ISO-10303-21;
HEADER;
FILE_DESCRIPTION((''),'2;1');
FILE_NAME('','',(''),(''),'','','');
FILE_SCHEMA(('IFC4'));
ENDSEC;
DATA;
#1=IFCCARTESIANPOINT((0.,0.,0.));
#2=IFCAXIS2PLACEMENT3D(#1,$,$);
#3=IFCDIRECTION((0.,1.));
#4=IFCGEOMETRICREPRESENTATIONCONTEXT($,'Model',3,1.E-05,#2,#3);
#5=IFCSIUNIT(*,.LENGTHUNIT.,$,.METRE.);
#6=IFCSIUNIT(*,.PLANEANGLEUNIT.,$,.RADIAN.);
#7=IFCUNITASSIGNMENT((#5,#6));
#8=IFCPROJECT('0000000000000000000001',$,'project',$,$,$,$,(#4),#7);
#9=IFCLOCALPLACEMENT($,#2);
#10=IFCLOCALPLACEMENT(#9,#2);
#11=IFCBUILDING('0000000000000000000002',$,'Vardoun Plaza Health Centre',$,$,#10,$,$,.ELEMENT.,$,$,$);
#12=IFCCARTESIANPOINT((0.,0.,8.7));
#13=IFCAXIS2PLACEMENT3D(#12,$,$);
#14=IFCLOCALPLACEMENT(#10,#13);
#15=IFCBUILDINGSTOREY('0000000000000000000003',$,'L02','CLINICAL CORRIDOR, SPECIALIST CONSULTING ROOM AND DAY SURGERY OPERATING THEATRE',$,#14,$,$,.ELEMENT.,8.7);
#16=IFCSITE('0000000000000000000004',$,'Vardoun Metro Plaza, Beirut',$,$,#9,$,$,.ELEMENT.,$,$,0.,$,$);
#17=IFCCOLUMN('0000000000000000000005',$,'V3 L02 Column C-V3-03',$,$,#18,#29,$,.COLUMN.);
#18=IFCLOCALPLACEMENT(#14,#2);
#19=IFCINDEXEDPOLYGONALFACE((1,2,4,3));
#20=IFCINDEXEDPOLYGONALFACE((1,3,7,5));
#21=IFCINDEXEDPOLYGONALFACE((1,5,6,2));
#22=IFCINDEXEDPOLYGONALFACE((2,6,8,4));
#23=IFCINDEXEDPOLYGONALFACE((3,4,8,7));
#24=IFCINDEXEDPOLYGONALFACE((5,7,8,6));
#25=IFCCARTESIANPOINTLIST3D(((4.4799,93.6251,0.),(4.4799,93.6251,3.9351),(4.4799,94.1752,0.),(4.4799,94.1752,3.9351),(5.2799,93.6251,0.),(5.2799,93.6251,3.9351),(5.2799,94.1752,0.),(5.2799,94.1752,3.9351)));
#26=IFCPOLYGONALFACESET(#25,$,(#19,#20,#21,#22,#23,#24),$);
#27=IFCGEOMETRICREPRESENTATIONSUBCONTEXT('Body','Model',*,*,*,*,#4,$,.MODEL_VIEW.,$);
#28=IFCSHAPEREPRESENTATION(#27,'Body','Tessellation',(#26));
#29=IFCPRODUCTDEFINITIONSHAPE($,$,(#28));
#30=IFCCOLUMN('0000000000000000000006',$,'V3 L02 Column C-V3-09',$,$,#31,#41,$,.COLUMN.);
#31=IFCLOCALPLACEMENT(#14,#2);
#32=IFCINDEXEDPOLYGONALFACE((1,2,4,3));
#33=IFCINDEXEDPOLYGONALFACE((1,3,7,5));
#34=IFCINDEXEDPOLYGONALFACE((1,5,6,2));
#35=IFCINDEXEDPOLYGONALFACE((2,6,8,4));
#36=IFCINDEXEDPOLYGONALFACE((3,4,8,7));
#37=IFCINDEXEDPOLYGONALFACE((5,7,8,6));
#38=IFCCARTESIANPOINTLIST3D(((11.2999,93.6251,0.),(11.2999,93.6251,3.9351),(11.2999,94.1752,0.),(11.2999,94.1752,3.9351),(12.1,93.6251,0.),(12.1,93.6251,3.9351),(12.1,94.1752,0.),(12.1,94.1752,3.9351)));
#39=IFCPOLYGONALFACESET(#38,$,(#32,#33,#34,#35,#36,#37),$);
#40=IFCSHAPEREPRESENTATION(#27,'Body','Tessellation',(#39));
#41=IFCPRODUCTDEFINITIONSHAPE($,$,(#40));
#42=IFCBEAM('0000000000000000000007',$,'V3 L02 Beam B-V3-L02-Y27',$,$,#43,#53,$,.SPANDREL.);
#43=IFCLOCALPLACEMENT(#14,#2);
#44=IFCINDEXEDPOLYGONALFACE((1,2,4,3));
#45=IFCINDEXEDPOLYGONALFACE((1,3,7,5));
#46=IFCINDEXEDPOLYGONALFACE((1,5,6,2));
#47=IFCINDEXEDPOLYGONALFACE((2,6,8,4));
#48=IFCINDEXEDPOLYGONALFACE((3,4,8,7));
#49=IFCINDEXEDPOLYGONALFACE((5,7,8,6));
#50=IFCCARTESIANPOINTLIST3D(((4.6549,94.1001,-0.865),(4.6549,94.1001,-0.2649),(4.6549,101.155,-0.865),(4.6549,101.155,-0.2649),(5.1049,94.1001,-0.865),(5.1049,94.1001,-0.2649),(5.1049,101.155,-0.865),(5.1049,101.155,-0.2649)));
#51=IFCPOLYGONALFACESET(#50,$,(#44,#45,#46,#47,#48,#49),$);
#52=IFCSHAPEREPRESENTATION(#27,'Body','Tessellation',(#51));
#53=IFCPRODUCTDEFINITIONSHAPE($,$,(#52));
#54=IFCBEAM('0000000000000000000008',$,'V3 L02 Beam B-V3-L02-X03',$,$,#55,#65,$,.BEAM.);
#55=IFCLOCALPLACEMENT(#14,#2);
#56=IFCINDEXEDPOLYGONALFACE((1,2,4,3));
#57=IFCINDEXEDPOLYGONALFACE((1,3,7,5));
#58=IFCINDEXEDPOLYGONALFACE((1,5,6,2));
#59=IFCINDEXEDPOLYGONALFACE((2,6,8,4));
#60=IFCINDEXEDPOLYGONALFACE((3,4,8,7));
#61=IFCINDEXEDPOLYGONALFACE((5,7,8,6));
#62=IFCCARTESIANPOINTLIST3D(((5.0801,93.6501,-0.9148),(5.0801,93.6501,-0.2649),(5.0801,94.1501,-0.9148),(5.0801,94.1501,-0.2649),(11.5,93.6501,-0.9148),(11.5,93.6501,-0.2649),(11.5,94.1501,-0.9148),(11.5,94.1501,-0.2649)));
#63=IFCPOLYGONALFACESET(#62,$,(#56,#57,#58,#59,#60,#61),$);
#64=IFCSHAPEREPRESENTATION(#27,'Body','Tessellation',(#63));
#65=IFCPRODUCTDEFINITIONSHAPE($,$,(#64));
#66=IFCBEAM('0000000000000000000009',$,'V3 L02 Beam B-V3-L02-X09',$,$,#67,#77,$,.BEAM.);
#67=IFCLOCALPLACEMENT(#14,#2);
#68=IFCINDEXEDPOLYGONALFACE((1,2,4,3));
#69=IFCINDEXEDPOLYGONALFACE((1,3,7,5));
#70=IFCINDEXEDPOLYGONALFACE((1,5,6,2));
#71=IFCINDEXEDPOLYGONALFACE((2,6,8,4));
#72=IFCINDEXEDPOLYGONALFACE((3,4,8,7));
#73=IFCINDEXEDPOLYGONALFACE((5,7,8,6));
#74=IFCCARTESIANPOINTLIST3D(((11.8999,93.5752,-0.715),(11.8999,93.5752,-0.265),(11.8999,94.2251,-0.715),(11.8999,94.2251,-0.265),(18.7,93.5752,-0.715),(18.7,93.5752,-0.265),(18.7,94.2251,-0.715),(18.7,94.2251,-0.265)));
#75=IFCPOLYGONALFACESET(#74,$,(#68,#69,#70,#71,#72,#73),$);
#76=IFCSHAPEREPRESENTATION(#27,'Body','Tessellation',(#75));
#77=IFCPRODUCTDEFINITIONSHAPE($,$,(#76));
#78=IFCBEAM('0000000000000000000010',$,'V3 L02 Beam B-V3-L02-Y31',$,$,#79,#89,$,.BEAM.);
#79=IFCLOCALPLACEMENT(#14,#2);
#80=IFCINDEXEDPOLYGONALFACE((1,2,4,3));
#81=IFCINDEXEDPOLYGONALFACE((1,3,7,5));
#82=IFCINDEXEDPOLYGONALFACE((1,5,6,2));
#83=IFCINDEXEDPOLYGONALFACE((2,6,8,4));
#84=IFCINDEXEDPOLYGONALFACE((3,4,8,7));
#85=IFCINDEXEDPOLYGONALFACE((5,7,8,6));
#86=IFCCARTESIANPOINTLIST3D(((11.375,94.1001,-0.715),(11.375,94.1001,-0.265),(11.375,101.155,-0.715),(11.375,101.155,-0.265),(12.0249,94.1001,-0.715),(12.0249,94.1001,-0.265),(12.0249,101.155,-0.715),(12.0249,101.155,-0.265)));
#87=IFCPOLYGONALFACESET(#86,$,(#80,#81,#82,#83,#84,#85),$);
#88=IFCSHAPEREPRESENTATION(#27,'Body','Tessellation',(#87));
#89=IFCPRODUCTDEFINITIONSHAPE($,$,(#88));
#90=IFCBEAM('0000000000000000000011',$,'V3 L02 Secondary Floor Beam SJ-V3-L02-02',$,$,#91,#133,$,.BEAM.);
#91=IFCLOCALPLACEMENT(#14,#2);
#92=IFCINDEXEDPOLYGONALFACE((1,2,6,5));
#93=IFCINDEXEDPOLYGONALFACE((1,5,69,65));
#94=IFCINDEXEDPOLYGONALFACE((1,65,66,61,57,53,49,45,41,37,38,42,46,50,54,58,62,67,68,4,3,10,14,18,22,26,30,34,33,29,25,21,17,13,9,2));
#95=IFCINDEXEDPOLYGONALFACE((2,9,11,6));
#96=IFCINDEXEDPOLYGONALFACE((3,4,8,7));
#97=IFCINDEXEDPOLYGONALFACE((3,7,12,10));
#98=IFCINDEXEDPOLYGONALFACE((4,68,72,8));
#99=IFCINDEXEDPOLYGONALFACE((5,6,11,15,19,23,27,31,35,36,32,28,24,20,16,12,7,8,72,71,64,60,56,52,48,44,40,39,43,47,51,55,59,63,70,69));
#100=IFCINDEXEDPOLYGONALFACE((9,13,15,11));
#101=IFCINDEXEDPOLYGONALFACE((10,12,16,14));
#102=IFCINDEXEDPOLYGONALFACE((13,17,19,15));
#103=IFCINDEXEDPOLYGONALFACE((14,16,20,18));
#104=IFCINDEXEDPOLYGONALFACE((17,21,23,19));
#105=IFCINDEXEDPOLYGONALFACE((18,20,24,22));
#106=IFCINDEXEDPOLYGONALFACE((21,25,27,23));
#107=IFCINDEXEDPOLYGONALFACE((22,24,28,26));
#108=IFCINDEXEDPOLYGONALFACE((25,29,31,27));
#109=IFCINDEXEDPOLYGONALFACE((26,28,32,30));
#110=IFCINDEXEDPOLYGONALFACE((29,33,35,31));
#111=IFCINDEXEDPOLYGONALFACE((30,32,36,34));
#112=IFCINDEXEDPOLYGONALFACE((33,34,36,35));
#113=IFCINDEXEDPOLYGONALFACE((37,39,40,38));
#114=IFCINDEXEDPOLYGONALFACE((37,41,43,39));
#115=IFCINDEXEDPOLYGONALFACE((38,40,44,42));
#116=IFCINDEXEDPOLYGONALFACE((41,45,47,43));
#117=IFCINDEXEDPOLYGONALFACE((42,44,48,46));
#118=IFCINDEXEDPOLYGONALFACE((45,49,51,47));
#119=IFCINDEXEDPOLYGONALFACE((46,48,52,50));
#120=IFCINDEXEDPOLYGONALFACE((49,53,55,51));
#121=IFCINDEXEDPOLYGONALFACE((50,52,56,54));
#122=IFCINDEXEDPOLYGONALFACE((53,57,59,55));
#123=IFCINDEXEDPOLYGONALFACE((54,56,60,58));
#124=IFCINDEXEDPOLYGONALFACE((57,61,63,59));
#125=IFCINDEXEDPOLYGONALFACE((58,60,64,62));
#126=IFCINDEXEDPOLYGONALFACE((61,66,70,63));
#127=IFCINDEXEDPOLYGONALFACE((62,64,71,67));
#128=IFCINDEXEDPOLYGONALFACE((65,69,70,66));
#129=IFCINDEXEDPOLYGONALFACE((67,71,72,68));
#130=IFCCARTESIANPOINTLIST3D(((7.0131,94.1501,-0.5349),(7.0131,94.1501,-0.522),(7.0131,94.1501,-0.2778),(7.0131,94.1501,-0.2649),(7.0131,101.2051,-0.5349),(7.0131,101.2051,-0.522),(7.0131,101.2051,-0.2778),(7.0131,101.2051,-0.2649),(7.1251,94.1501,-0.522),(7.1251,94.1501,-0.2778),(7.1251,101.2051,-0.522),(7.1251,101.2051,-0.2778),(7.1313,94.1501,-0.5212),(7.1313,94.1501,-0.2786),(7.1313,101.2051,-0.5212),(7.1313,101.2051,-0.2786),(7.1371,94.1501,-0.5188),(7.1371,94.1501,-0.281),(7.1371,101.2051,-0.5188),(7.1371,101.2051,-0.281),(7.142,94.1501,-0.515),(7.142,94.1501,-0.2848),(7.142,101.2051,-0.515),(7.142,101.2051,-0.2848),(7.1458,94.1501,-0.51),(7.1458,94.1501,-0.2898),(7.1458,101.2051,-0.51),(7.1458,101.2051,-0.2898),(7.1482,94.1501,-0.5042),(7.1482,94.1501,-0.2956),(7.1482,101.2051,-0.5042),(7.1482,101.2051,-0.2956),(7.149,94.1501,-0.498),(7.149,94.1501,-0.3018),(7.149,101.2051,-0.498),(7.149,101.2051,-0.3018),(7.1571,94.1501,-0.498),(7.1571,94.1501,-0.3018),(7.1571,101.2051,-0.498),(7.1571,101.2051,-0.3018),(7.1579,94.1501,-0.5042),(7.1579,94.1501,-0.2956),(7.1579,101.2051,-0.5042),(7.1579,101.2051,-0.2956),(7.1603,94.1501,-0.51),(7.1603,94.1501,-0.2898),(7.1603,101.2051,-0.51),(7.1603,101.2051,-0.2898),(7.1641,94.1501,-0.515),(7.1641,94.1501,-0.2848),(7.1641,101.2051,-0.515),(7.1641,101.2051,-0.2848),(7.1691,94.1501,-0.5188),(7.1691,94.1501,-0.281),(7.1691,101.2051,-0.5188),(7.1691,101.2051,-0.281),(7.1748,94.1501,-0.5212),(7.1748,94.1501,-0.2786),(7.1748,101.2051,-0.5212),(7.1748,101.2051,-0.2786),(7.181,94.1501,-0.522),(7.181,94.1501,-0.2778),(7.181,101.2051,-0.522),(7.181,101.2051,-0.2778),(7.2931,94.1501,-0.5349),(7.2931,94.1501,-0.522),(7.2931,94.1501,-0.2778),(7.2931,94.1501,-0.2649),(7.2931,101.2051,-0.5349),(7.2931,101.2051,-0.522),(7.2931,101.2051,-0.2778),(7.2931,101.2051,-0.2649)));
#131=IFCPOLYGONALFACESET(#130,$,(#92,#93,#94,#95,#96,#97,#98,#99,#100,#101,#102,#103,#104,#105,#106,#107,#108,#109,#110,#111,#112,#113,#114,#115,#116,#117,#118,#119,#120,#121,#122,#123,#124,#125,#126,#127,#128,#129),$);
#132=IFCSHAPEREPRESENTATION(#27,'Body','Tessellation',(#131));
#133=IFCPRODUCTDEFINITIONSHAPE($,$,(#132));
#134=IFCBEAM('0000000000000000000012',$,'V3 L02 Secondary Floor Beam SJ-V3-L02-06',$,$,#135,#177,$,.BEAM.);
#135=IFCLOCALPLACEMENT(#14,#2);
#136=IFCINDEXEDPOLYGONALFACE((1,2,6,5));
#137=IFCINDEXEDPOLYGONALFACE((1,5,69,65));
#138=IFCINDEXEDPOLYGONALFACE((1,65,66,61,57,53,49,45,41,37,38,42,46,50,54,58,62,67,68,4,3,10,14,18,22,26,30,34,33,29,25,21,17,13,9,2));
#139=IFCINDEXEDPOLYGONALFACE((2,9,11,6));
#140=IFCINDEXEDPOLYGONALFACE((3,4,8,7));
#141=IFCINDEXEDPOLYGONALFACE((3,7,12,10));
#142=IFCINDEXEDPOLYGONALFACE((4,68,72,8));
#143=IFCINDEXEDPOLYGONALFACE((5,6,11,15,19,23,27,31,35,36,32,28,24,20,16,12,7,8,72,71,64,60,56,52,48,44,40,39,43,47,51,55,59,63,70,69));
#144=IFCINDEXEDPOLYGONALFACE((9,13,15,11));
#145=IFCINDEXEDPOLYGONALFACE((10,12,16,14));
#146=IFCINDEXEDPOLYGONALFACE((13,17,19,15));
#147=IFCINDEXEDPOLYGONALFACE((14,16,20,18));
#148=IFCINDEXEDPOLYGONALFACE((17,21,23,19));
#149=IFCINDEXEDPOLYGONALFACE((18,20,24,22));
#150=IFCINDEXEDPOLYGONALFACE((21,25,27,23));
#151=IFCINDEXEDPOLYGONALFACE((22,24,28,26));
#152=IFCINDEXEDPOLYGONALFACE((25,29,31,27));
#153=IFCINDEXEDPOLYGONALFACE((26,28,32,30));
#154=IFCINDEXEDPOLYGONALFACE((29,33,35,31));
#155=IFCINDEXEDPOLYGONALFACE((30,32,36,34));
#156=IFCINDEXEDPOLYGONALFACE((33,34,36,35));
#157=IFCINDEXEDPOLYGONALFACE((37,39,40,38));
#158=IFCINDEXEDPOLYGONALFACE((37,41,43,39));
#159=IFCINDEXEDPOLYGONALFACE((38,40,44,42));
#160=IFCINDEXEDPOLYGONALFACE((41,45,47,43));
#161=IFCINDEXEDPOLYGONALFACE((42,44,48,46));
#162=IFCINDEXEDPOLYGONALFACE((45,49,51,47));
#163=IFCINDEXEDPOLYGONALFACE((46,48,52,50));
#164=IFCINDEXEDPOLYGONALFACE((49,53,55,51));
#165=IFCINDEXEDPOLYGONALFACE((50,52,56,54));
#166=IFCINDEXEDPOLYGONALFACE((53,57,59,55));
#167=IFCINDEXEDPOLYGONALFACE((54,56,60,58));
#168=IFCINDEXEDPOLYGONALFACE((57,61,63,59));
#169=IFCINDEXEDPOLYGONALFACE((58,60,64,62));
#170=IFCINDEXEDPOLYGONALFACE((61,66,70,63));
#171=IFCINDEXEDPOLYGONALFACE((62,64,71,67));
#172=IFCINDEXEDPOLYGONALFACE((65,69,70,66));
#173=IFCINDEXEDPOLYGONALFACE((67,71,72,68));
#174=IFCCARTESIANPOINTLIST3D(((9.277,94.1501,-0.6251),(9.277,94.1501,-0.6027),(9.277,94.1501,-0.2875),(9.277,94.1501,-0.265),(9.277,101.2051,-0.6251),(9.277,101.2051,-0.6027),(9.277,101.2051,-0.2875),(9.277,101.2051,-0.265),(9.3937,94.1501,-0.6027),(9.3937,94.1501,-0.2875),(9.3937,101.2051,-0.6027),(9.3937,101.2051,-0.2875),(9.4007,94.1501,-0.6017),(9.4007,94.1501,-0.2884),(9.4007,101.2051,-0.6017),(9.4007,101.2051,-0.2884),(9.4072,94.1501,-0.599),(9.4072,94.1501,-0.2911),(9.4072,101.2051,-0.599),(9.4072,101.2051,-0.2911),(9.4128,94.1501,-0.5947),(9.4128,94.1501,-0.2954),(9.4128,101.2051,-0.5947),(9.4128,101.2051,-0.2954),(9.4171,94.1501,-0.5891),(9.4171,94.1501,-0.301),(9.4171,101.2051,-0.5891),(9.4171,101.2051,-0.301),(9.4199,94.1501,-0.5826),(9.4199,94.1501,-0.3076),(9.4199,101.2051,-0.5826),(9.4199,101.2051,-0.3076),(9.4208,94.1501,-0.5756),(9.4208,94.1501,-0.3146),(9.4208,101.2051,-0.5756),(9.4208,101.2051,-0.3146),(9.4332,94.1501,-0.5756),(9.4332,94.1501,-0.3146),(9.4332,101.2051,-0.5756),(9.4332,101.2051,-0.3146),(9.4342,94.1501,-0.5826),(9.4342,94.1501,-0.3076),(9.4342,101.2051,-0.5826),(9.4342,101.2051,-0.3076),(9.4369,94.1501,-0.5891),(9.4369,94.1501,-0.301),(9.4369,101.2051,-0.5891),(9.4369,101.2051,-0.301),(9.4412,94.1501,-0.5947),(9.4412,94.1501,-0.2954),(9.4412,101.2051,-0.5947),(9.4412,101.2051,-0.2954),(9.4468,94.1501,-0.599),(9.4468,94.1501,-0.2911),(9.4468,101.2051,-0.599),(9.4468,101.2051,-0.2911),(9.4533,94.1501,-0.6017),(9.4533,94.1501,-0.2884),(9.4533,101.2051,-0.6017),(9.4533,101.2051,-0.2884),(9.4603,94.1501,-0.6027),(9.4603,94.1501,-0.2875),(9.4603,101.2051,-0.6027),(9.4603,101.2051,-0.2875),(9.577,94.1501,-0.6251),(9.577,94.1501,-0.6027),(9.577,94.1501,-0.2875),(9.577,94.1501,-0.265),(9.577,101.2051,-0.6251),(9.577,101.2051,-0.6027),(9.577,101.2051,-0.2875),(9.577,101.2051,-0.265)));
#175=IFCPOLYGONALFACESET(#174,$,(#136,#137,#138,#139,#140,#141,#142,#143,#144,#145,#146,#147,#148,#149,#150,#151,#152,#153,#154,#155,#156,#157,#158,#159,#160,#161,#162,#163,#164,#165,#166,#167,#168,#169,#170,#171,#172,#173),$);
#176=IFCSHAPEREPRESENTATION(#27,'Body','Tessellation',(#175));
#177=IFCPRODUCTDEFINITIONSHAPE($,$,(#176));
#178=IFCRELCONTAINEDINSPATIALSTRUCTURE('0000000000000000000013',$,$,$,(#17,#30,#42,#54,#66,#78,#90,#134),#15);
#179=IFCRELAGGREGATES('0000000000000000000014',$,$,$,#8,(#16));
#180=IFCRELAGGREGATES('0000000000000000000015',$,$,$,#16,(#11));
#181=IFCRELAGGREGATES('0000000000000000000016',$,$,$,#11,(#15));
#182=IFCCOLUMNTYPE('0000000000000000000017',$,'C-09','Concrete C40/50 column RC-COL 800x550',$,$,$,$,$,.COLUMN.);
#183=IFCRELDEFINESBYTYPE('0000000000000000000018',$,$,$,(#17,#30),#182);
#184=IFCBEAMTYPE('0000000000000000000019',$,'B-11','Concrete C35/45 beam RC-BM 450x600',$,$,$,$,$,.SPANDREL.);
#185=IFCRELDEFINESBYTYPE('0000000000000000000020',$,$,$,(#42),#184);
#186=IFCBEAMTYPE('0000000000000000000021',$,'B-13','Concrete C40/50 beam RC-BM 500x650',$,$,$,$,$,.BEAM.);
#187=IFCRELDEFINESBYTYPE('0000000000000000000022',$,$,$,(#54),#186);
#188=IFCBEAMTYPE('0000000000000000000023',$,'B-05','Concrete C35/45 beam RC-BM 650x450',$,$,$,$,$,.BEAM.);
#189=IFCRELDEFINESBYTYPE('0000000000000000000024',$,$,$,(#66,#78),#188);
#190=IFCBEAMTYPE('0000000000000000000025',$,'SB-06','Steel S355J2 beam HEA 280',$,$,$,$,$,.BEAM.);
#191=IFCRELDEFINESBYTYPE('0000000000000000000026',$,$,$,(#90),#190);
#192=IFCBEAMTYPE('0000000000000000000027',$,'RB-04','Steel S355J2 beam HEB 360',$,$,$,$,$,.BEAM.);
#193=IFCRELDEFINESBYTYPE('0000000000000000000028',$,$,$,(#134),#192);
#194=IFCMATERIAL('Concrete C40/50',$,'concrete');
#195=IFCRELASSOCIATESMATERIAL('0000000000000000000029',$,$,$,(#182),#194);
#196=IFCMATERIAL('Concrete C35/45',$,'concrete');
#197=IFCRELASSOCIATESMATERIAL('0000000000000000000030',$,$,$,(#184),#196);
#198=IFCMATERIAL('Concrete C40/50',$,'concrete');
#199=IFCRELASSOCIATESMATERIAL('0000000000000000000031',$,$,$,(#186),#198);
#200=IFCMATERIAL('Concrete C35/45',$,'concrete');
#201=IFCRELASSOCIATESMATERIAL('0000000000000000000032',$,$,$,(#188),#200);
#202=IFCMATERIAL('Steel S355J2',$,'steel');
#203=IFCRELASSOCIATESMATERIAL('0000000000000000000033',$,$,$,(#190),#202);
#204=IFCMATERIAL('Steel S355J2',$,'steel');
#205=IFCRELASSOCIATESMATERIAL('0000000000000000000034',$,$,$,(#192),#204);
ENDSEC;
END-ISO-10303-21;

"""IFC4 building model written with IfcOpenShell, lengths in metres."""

from ifc_helpers import new_model, si_unit, direction, frame, origin, origin_2d, place, context, subcontext, project, spatial, rectangle, i_section, extrude, material, material_profile, profile_set, type_object, element, save


model = new_model("IFC4")

# Units and contexts
model_context = context("Model", 3, precision=1e-05, world=origin(), true_north=direction((0.0, 1.0)))
body_context = subcontext(model_context, "Body", "Model", "MODEL_VIEW")
ifc_project = project(units=[si_unit("LENGTHUNIT", "METRE"), si_unit("PLANEANGLEUNIT", "RADIAN")], contexts=[model_context])

# Site, building, storey
site_placement = place(None, origin())
site = spatial("IfcSite", under=ifc_project, at=site_placement, Name="Vardoun Metro Plaza, Beirut", CompositionType="ELEMENT", RefElevation=0.0)
building_placement = place(site_placement, origin())
building = spatial("IfcBuilding", under=site, at=building_placement, Name="Vardoun Plaza Health Centre", CompositionType="ELEMENT")
storey_placement = place(building_placement, frame((0.0, 0.0, 8.7)))
storey = spatial("IfcBuildingStorey", under=building, at=storey_placement, Name="L02", Description="CLINICAL CORRIDOR, SPECIALIST CONSULTING ROOM AND DAY SURGERY OPERATING THEATRE", CompositionType="ELEMENT", Elevation=8.7)

# Columns
ifc_material_1 = material(Name="Concrete C40/50", Category="concrete")
ifc_material_profile_1 = material_profile(ifc_material_1, rectangle(XDim=0.8, YDim=0.55, at=origin_2d()), Name="RC-COL 800x550")
ifc_profile_set_1 = profile_set([ifc_material_profile_1], Name="Concrete C40/50")
column_type = type_object("IfcColumnType", Name="C-09", Description="Concrete C40/50 column RC-COL 800x550", PredefinedType="COLUMN", material=ifc_profile_set_1)
for number, where, z_axis, x_axis, name in (
    (1, (4.8799, 93.9001, 0.0), (0.0, 0.0, 1.0), (1.0, 0.0, 0.0), "V3 L02 Column C-V3-03"),
    (2, (11.7, 93.9001, 0.0), (0.0, 0.0, 1.0), (1.0, 0.0, 0.0), "V3 L02 Column C-V3-09"),
):
    element("IfcColumn", number, at=place(storey_placement, frame(where, z_axis=z_axis, x_axis=x_axis)), inside=storey, type_object=column_type, Name=name, PredefinedType="COLUMN", context=body_context, shape_type="SweptSolid", body=[
        extrude(rectangle(XDim=0.8, YDim=0.55, at=origin_2d()), origin(), (0.0, 0.0, 1.0), 3.9351),
    ])

# Beams
ifc_material_2 = material(Name="Concrete C35/45", Category="concrete")
ifc_material_profile_2 = material_profile(ifc_material_2, rectangle(XDim=0.45, YDim=0.6001, at=origin_2d()), Name="RC-BM 450x600")
ifc_profile_set_2 = profile_set([ifc_material_profile_2], Name="Concrete C35/45")
beam_type_1 = type_object("IfcBeamType", Name="B-11", Description="Concrete C35/45 beam RC-BM 450x600", PredefinedType="SPANDREL", material=ifc_profile_set_2)
beam_1_placement = place(storey_placement, frame((4.8799, 94.1001, -0.5649), z_axis=(0.0, 1.0, 0.0), x_axis=(-1.0, 0.0, 0.0)))
element("IfcBeam", 3, at=beam_1_placement, inside=storey, type_object=beam_type_1, Name="V3 L02 Beam B-V3-L02-Y27", PredefinedType="SPANDREL", context=body_context, shape_type="SweptSolid", body=[
    extrude(rectangle(XDim=0.45, YDim=0.6001, at=origin_2d()), origin(), (0.0, 0.0, 1.0), 7.0549),
])
ifc_material_3 = material(Name="Concrete C40/50", Category="concrete")
ifc_material_profile_3 = material_profile(ifc_material_3, rectangle(XDim=0.5, YDim=0.6499, at=origin_2d()), Name="RC-BM 500x650")
ifc_profile_set_3 = profile_set([ifc_material_profile_3], Name="Concrete C40/50")
beam_type_2 = type_object("IfcBeamType", Name="B-13", Description="Concrete C40/50 beam RC-BM 500x650", PredefinedType="BEAM", material=ifc_profile_set_3)
beam_2_placement = place(storey_placement, frame((5.0801, 93.9001, -0.5898), z_axis=(1.0, 0.0, 0.0), x_axis=(0.0, 1.0, 0.0)))
element("IfcBeam", 4, at=beam_2_placement, inside=storey, type_object=beam_type_2, Name="V3 L02 Beam B-V3-L02-X03", PredefinedType="BEAM", context=body_context, shape_type="SweptSolid", body=[
    extrude(rectangle(XDim=0.5, YDim=0.6499, at=origin_2d()), origin(), (0.0, 0.0, 1.0), 6.4199),
])
ifc_material_4 = material(Name="Concrete C35/45", Category="concrete")
ifc_material_profile_4 = material_profile(ifc_material_4, rectangle(XDim=0.6499, YDim=0.45, at=origin_2d()), Name="RC-BM 650x450")
ifc_profile_set_4 = profile_set([ifc_material_profile_4], Name="Concrete C35/45")
beam_type_3 = type_object("IfcBeamType", Name="B-05", Description="Concrete C35/45 beam RC-BM 650x450", PredefinedType="BEAM", material=ifc_profile_set_4)
beam_3_placement = place(storey_placement, frame((11.8999, 93.9001, -0.49), z_axis=(1.0, 0.0, 0.0), x_axis=(0.0, 1.0, 0.0)))
element("IfcBeam", 5, at=beam_3_placement, inside=storey, type_object=beam_type_3, Name="V3 L02 Beam B-V3-L02-X09", PredefinedType="BEAM", context=body_context, shape_type="SweptSolid", body=[
    extrude(rectangle(XDim=0.6499, YDim=0.45, at=origin_2d()), origin(), (0.0, 0.0, 1.0), 6.8),
])
beam_4_placement = place(storey_placement, frame((11.7, 94.1001, -0.49), z_axis=(0.0, 1.0, 0.0), x_axis=(-1.0, 0.0, 0.0)))
element("IfcBeam", 6, at=beam_4_placement, inside=storey, type_object=beam_type_3, Name="V3 L02 Beam B-V3-L02-Y31", PredefinedType="BEAM", context=body_context, shape_type="SweptSolid", body=[
    extrude(rectangle(XDim=0.6499, YDim=0.45, at=origin_2d()), origin(), (0.0, 0.0, 1.0), 7.0549),
])
ifc_material_5 = material(Name="Steel S355J2", Category="steel")
ifc_material_profile_5 = material_profile(ifc_material_5, i_section(OverallWidth=0.28, OverallDepth=0.27, WebThickness=0.0081, FlangeThickness=0.0129, FilletRadius=0.0239, at=origin_2d()), Name="HEA 280")
ifc_profile_set_5 = profile_set([ifc_material_profile_5], Name="Steel S355J2")
beam_type_4 = type_object("IfcBeamType", Name="SB-06", Description="Steel S355J2 beam HEA 280", PredefinedType="BEAM", material=ifc_profile_set_5)
beam_5_placement = place(storey_placement, frame((7.1531, 94.1501, -0.3999), z_axis=(0.0, 1.0, 0.0), x_axis=(-1.0, 0.0, 0.0)))
element("IfcBeam", 7, at=beam_5_placement, inside=storey, type_object=beam_type_4, Name="V3 L02 Secondary Floor Beam SJ-V3-L02-02", PredefinedType="BEAM", context=body_context, shape_type="SweptSolid", body=[
    extrude(i_section(OverallWidth=0.28, OverallDepth=0.27, WebThickness=0.0081, FlangeThickness=0.0129, FilletRadius=0.0239, at=origin_2d()), origin(), (0.0, 0.0, 1.0), 7.0549),
])
ifc_material_6 = material(Name="Steel S355J2", Category="steel")
ifc_material_profile_6 = material_profile(ifc_material_6, i_section(OverallWidth=0.3, OverallDepth=0.3601, WebThickness=0.0125, FlangeThickness=0.0225, FilletRadius=0.0271, at=origin_2d()), Name="HEB 360")
ifc_profile_set_6 = profile_set([ifc_material_profile_6], Name="Steel S355J2")
beam_type_5 = type_object("IfcBeamType", Name="RB-04", Description="Steel S355J2 beam HEB 360", PredefinedType="BEAM", material=ifc_profile_set_6)
beam_6_placement = place(storey_placement, frame((9.427, 94.1501, -0.4451), z_axis=(0.0, 1.0, 0.0), x_axis=(-1.0, 0.0, 0.0)))
element("IfcBeam", 8, at=beam_6_placement, inside=storey, type_object=beam_type_5, Name="V3 L02 Secondary Floor Beam SJ-V3-L02-06", PredefinedType="BEAM", context=body_context, shape_type="SweptSolid", body=[
    extrude(i_section(OverallWidth=0.3, OverallDepth=0.3601, WebThickness=0.0125, FlangeThickness=0.0225, FilletRadius=0.0271, at=origin_2d()), origin(), (0.0, 0.0, 1.0), 7.0549),
])

save(model, "model.ifc")
